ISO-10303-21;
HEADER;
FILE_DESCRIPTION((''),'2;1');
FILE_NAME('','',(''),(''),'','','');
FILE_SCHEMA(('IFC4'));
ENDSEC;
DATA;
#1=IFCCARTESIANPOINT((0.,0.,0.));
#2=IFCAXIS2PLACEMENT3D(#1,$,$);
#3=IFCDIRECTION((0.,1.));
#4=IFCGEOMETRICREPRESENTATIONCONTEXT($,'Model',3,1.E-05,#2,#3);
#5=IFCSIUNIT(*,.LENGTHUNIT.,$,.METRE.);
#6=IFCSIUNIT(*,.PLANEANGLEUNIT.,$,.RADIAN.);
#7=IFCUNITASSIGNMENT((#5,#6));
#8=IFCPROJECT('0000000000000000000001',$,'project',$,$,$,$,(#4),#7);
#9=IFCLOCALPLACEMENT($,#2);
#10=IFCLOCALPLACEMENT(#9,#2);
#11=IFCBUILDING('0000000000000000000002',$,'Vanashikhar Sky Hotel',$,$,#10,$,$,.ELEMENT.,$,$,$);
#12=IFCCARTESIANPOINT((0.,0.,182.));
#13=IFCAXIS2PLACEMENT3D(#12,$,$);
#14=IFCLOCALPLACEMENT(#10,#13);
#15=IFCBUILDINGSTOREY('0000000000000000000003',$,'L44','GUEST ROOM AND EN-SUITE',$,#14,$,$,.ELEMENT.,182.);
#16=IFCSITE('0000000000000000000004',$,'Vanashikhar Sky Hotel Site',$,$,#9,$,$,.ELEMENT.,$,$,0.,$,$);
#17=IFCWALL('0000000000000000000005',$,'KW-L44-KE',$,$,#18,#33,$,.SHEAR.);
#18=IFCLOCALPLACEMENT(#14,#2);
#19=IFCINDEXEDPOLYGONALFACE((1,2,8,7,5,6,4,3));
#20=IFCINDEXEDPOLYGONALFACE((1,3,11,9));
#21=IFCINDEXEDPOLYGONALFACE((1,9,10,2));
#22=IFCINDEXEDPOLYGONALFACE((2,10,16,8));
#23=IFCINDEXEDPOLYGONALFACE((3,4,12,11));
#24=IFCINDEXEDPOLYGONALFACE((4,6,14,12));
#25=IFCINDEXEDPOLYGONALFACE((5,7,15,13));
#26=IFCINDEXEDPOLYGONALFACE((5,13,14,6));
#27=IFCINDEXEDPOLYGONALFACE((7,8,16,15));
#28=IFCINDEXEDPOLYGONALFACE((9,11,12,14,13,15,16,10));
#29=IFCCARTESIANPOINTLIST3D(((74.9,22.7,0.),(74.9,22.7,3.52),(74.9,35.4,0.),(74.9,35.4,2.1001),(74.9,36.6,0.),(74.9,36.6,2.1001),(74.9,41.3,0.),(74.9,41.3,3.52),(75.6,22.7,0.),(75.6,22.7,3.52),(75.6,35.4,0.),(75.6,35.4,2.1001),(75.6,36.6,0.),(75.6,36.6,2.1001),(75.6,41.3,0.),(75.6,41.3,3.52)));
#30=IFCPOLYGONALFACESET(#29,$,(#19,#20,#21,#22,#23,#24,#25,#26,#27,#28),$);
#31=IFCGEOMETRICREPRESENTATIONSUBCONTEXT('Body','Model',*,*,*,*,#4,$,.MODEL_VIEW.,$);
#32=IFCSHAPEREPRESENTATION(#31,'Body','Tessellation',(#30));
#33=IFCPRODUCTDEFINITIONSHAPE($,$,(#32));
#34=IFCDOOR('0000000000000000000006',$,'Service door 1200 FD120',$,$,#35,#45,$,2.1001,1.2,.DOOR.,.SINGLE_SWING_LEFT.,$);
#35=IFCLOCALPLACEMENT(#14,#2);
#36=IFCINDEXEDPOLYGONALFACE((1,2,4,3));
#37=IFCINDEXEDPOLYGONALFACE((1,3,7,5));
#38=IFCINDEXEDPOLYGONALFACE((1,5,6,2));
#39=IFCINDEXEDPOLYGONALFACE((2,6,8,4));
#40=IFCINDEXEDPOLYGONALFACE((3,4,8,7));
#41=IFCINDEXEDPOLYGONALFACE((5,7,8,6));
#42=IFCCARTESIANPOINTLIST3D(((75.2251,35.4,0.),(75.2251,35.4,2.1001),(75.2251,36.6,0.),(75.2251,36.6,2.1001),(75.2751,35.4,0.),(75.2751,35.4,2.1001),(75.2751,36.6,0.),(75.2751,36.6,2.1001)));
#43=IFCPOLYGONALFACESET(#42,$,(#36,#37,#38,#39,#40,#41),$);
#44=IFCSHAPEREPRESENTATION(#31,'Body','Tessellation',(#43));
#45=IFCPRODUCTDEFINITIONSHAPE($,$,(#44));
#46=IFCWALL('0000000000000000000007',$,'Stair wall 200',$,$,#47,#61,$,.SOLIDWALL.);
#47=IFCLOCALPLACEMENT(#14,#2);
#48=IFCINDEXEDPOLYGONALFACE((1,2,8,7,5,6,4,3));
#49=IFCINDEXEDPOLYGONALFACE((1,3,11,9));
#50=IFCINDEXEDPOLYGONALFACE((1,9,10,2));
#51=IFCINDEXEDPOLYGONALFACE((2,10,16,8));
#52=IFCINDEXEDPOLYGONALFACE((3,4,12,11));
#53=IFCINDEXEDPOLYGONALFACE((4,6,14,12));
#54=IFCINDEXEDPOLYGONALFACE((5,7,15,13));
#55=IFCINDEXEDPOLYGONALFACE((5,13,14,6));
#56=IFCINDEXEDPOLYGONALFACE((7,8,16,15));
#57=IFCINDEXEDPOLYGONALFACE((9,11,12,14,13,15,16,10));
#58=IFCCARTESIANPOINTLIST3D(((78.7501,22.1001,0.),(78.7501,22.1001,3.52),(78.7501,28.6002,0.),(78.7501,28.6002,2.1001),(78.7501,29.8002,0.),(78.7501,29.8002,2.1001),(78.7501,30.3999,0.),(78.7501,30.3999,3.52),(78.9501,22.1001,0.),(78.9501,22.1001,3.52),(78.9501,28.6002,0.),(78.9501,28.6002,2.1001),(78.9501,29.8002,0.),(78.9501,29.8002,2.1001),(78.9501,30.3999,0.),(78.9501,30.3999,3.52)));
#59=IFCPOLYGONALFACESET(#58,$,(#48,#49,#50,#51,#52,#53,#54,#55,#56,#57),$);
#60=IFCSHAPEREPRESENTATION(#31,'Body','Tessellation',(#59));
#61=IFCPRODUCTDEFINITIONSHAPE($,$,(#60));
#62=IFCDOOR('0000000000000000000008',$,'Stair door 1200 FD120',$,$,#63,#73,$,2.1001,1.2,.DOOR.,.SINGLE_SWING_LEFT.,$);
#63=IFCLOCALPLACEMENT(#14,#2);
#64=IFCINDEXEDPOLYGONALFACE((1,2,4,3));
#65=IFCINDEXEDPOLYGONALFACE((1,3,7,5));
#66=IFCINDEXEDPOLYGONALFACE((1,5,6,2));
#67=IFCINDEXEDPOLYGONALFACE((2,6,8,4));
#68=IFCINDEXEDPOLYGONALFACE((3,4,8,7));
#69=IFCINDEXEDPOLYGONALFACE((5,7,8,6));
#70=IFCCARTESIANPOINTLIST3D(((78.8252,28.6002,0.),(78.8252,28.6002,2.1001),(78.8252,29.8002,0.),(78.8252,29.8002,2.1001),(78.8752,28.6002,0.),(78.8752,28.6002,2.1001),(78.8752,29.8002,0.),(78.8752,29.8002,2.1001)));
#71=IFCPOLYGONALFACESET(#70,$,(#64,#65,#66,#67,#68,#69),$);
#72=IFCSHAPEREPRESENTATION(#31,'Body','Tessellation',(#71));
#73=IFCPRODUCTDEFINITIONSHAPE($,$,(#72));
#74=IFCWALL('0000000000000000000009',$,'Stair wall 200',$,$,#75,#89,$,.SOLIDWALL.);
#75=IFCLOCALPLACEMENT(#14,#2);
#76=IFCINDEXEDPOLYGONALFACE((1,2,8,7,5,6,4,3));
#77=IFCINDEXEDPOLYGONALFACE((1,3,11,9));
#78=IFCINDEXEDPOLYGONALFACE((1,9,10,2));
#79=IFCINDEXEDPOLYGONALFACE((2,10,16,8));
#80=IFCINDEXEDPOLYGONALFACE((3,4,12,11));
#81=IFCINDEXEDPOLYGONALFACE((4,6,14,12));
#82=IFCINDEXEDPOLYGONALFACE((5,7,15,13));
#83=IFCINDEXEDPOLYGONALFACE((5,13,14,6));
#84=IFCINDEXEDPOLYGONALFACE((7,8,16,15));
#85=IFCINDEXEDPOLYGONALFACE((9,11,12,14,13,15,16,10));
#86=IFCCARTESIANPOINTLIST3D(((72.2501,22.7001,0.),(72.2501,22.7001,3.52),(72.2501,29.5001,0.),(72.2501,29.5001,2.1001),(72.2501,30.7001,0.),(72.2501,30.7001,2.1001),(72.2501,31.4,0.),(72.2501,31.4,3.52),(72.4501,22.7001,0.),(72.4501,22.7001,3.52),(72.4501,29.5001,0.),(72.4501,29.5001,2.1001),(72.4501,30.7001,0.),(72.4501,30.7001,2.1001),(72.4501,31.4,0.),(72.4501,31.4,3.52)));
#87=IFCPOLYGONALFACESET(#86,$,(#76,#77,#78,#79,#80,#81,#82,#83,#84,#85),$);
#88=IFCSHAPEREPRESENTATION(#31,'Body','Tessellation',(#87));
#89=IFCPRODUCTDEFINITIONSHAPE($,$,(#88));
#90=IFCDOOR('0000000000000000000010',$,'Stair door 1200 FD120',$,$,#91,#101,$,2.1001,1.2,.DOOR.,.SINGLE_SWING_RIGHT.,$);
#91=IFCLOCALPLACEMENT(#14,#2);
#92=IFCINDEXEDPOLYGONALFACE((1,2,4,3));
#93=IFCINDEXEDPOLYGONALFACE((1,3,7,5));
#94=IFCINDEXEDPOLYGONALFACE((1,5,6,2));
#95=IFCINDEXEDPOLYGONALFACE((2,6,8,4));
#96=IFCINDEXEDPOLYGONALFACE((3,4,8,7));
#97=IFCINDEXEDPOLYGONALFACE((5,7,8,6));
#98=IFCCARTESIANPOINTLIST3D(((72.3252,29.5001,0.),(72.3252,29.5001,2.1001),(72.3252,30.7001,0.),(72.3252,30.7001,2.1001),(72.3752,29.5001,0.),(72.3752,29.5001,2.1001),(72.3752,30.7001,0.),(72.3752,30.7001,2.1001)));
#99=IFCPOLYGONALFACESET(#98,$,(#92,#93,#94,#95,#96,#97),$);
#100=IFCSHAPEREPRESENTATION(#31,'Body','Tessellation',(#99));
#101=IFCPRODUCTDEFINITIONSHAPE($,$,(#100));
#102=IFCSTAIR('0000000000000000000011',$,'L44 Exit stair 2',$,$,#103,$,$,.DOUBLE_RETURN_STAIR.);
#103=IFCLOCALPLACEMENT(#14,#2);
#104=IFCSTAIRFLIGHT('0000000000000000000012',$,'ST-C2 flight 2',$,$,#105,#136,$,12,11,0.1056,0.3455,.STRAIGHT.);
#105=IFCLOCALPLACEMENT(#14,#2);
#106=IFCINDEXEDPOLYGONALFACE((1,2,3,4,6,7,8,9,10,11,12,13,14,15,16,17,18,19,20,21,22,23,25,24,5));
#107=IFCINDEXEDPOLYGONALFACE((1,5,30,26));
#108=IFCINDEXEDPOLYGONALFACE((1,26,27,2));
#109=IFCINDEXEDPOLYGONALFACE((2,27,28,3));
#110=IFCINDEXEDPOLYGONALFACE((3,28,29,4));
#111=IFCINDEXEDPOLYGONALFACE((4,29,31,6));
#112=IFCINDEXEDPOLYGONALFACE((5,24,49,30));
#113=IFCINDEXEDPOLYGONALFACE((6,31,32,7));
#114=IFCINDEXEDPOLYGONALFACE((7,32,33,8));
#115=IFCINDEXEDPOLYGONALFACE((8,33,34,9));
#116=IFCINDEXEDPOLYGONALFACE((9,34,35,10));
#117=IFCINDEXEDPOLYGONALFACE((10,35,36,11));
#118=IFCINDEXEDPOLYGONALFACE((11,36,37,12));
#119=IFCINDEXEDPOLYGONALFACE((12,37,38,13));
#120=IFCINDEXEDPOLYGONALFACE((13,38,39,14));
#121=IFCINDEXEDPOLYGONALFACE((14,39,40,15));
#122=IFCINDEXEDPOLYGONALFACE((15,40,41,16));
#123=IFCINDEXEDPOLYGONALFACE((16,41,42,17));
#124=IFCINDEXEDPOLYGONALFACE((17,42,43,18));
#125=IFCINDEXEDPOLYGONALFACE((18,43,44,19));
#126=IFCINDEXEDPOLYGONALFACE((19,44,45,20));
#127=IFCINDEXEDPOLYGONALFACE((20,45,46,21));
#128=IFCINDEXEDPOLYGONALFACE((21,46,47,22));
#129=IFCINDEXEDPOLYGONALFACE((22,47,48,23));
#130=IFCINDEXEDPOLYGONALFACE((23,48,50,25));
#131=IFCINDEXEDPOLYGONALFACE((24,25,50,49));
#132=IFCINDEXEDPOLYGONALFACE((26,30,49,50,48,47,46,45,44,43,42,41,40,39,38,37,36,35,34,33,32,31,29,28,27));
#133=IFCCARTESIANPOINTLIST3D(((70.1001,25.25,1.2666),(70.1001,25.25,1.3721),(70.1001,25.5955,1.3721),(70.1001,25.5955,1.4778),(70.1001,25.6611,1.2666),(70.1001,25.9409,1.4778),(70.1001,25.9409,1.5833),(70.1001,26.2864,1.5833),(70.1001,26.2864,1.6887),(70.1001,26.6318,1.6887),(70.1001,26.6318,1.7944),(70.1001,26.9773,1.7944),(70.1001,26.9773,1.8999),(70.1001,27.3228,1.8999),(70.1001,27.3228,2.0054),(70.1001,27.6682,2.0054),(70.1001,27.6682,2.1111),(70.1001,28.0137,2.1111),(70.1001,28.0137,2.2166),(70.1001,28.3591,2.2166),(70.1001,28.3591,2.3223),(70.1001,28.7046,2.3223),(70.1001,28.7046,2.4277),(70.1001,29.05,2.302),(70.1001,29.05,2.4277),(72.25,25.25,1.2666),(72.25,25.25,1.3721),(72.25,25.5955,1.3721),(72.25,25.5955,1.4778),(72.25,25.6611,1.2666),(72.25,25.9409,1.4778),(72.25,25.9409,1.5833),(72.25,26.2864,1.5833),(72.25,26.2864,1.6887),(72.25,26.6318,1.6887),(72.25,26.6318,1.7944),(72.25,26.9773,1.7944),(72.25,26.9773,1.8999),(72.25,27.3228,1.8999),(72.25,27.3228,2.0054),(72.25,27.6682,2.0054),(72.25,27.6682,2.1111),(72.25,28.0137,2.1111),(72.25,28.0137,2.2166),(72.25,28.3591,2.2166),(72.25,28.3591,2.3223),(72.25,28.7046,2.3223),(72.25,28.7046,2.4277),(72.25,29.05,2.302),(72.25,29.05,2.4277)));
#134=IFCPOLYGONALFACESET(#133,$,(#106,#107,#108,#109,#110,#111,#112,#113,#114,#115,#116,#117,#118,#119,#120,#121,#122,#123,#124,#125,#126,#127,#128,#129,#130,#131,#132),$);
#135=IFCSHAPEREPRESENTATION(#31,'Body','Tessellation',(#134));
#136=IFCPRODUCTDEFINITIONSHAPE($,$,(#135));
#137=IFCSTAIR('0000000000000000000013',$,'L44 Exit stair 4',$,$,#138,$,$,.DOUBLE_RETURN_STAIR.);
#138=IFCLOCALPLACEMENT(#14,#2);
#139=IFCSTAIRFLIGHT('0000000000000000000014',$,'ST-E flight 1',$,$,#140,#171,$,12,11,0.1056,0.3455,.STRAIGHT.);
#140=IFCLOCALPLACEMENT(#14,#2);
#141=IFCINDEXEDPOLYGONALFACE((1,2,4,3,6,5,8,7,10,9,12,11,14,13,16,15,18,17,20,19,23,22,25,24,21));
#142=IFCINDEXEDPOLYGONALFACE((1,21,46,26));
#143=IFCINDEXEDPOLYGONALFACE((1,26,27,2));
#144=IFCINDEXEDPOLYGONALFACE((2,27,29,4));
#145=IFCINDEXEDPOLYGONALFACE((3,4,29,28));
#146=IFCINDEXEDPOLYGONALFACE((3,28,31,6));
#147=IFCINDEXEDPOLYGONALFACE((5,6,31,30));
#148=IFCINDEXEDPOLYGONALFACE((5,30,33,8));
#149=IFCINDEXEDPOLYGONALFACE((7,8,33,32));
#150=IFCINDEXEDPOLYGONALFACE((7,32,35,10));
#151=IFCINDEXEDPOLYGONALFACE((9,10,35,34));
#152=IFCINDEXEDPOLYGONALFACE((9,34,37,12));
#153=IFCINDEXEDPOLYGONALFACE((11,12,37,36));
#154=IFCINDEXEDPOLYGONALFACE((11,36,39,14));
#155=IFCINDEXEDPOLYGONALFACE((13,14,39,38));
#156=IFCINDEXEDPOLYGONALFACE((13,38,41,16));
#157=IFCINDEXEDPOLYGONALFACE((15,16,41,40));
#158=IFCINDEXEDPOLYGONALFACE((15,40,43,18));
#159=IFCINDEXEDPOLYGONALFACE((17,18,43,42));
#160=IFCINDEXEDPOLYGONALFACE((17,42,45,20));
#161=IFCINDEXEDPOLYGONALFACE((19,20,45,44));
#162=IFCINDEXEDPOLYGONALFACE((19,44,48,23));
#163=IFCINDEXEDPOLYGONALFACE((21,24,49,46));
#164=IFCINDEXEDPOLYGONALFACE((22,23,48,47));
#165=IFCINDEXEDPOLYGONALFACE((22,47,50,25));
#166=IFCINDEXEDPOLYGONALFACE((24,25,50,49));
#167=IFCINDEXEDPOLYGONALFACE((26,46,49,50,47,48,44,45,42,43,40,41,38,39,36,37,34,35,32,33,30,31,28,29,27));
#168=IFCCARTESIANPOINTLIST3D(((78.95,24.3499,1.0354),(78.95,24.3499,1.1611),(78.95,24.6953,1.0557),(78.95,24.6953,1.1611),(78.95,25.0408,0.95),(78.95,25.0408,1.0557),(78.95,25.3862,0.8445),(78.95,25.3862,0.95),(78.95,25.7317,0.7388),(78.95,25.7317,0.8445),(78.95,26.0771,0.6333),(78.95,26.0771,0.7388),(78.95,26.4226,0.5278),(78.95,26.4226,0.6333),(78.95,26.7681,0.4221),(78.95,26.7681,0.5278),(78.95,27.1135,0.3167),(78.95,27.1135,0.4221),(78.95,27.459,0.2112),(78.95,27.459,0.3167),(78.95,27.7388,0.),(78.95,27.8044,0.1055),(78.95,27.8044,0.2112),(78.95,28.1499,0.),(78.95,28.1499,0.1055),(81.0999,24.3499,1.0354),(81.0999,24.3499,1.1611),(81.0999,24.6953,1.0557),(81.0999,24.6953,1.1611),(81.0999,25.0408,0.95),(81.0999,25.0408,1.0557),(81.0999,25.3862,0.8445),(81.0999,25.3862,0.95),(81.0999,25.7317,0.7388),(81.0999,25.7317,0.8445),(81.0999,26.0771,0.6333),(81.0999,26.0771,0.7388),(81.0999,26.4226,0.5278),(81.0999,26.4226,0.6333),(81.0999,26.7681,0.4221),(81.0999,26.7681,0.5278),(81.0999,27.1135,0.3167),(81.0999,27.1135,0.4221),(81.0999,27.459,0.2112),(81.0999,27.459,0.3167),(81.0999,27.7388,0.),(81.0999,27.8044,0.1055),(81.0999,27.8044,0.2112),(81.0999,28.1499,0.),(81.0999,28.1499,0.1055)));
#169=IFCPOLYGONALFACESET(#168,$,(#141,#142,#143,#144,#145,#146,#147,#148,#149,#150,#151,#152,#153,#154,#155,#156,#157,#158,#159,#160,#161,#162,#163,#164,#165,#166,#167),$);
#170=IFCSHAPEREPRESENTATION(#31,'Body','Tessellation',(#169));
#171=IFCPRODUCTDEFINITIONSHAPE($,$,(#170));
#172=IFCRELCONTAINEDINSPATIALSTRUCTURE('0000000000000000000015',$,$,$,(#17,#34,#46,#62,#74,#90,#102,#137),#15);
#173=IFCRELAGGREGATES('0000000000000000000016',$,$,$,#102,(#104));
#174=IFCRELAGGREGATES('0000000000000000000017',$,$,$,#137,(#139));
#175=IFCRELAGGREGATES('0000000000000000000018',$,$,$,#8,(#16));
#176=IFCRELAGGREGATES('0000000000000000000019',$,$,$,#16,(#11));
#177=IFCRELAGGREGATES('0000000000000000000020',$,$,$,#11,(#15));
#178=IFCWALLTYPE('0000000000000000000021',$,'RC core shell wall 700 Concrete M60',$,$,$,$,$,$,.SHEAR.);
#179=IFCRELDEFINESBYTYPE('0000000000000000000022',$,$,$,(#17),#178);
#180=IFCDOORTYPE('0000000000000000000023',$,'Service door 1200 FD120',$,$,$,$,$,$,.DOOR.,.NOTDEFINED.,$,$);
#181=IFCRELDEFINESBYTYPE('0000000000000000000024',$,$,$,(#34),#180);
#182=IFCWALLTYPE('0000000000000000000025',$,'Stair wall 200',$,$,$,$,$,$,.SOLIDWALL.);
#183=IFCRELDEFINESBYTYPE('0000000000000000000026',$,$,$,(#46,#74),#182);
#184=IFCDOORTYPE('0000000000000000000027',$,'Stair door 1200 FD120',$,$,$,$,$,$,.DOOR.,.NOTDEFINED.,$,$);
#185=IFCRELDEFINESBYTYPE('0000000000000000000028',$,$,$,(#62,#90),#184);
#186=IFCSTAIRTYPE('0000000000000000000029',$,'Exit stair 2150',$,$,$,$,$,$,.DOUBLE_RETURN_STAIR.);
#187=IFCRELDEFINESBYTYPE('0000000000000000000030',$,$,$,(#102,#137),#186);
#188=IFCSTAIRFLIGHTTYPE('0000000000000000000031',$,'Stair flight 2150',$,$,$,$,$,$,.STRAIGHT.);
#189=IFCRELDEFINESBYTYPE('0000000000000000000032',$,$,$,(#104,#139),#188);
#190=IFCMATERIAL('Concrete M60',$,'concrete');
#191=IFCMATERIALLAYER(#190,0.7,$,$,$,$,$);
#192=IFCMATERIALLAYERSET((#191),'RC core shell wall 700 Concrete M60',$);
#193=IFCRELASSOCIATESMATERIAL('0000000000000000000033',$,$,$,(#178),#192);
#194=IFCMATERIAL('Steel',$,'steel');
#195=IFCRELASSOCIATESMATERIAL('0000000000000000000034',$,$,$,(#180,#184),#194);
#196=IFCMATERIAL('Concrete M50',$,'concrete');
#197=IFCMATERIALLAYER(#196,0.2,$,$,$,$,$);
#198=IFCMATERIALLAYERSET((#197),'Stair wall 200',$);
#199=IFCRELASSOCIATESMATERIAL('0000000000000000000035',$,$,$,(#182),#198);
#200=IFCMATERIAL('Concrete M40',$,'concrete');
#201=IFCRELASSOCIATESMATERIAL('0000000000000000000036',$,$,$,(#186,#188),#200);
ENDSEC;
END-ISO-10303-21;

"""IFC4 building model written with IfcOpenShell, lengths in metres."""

from ifc_helpers import new_model, si_unit, direction, frame, frame_2d, origin, place, context, subcontext, project, spatial, polyline, rectangle, outline, extrude, source, transform, mapped, material, layer, layer_set, type_object, element, fill, aggregate, save


model = new_model("IFC4")

# Units and contexts
model_context = context("Model", 3, precision=1e-05, world=origin(), true_north=direction((0.0, 1.0)))
body_context = subcontext(model_context, "Body", "Model", "MODEL_VIEW")
ifc_project = project(units=[si_unit("LENGTHUNIT", "METRE"), si_unit("PLANEANGLEUNIT", "RADIAN")], contexts=[model_context])

# Site, building, storey
site_placement = place(None, origin())
site = spatial("IfcSite", under=ifc_project, at=site_placement, Name="Vanashikhar Sky Hotel Site", CompositionType="ELEMENT", RefElevation=0.0)
building_placement = place(site_placement, origin())
building = spatial("IfcBuilding", under=site, at=building_placement, Name="Vanashikhar Sky Hotel", CompositionType="ELEMENT")
storey_placement = place(building_placement, frame((0.0, 0.0, 182.0)))
storey = spatial("IfcBuildingStorey", under=building, at=storey_placement, Name="L44", Description="GUEST ROOM AND EN-SUITE", CompositionType="ELEMENT", Elevation=182.0)

# Walls, openings, doors
ifc_material_1 = material(Name="Concrete M60", Category="concrete")
ifc_layer_1 = layer(ifc_material_1, 0.7)
ifc_layer_set_1 = layer_set([ifc_layer_1], Name="RC core shell wall 700 Concrete M60")
wall_type_1 = type_object("IfcWallType", Name="RC core shell wall 700 Concrete M60", PredefinedType="SHEAR", material=ifc_layer_set_1)
shared_shape_1 = source(origin(), body_context, "Body", "SweptSolid", [
    extrude(rectangle(XDim=18.6001, YDim=0.7, at=frame_2d((9.3, 0.0))), origin(), (0.0, 0.0, 1.0), 3.52),
])
wall_1_placement = place(storey_placement, frame((75.25, 22.7, 0.0), z_axis=(0.0, 0.0, 1.0), x_axis=(0.0, 1.0, 0.0)))
wall_1 = element("IfcWall", 1, at=wall_1_placement, inside=storey, type_object=wall_type_1, Name="KW-L44-KE", PredefinedType="SHEAR", context=body_context, shape_type="MappedRepresentation", body=[
    mapped(shared_shape_1, transform((0.0, 0.0, 0.0), scale=1.0)),
])
shared_shape_2 = source(origin(), body_context, "Body", "SweptSolid", [
    extrude(rectangle(XDim=1.2, YDim=2.1001, at=frame_2d((0.6001, 1.05))), frame((0.0, 0.3599, 0.0), z_axis=(0.0, -1.0, 0.0), x_axis=(1.0, 0.0, 0.0)), (0.0, 0.0, 1.0), 0.72),
])
opening_1_placement = place(wall_1_placement, frame((12.7, 0.0, 0.0)))
opening_1 = element("IfcOpeningElement", 2, at=opening_1_placement, cuts=wall_1, PredefinedType="OPENING", context=body_context, shape_type="MappedRepresentation", body=[
    mapped(shared_shape_2, transform((0.0, 0.0, 0.0), scale=1.0)),
])
ifc_material_2 = material(Name="Steel", Category="steel")
door_type_1 = type_object("IfcDoorType", Name="Service door 1200 FD120", OperationType="NOTDEFINED", PredefinedType="DOOR", material=ifc_material_2)
shared_shape_3 = source(origin(), body_context, "Body", "SweptSolid", [
    extrude(rectangle(XDim=1.2, YDim=2.1001, at=frame_2d((0.6001, 1.05))), frame((0.0, 0.0249, 0.0), z_axis=(0.0, -1.0, 0.0), x_axis=(1.0, 0.0, 0.0)), (0.0, 0.0, 1.0), 0.05),
])
door_1_placement = place(opening_1_placement, origin())
door_1 = element("IfcDoor", 3, at=door_1_placement, inside=storey, type_object=door_type_1, Name="Service door 1200 FD120", OperationType="SINGLE_SWING_LEFT", OverallHeight=2.1001, OverallWidth=1.2, PredefinedType="DOOR", context=body_context, shape_type="MappedRepresentation", body=[
    mapped(shared_shape_3, transform((0.0, 0.0, 0.0), scale=1.0)),
])
fill(opening_1, door_1)
ifc_material_3 = material(Name="Concrete M50", Category="concrete")
ifc_layer_2 = layer(ifc_material_3, 0.2)
ifc_layer_set_2 = layer_set([ifc_layer_2], Name="Stair wall 200")
wall_type_2 = type_object("IfcWallType", Name="Stair wall 200", PredefinedType="SOLIDWALL", material=ifc_layer_set_2)
shared_shape_4 = source(origin(), body_context, "Body", "SweptSolid", [
    extrude(rectangle(XDim=8.2998, YDim=0.2, at=frame_2d((4.1499, 0.0))), origin(), (0.0, 0.0, 1.0), 3.52),
])
wall_2_placement = place(storey_placement, frame((78.8501, 22.1001, 0.0), z_axis=(0.0, 0.0, 1.0), x_axis=(0.0, 1.0, 0.0)))
wall_2 = element("IfcWall", 4, at=wall_2_placement, inside=storey, type_object=wall_type_2, Name="Stair wall 200", PredefinedType="SOLIDWALL", context=body_context, shape_type="MappedRepresentation", body=[
    mapped(shared_shape_4, transform((0.0, 0.0, 0.0), scale=1.0)),
])
shared_shape_5 = source(origin(), body_context, "Body", "SweptSolid", [
    extrude(rectangle(XDim=1.2, YDim=2.1001, at=frame_2d((0.6001, 1.05))), frame((0.0, 0.1099, 0.0), z_axis=(0.0, -1.0, 0.0), x_axis=(1.0, 0.0, 0.0)), (0.0, 0.0, 1.0), 0.22),
])
opening_2_placement = place(wall_2_placement, frame((6.5, 0.0, 0.0)))
opening_2 = element("IfcOpeningElement", 5, at=opening_2_placement, cuts=wall_2, PredefinedType="OPENING", context=body_context, shape_type="MappedRepresentation", body=[
    mapped(shared_shape_5, transform((0.0, 0.0, 0.0), scale=1.0)),
])
door_type_2 = type_object("IfcDoorType", Name="Stair door 1200 FD120", OperationType="NOTDEFINED", PredefinedType="DOOR", material=ifc_material_2)
door_2_placement = place(opening_2_placement, origin())
door_2 = element("IfcDoor", 6, at=door_2_placement, inside=storey, type_object=door_type_2, Name="Stair door 1200 FD120", OperationType="SINGLE_SWING_LEFT", OverallHeight=2.1001, OverallWidth=1.2, PredefinedType="DOOR", context=body_context, shape_type="MappedRepresentation", body=[
    mapped(shared_shape_3, transform((0.0, 0.0, 0.0), scale=1.0)),
])
fill(opening_2, door_2)
shared_shape_6 = source(origin(), body_context, "Body", "SweptSolid", [
    extrude(rectangle(XDim=8.7, YDim=0.2, at=frame_2d((4.3501, 0.0))), origin(), (0.0, 0.0, 1.0), 3.52),
])
wall_3_placement = place(storey_placement, frame((72.3501, 22.7, 0.0), z_axis=(0.0, 0.0, 1.0), x_axis=(0.0, 1.0, 0.0)))
wall_3 = element("IfcWall", 7, at=wall_3_placement, inside=storey, type_object=wall_type_2, Name="Stair wall 200", PredefinedType="SOLIDWALL", context=body_context, shape_type="MappedRepresentation", body=[
    mapped(shared_shape_6, transform((0.0, 0.0, 0.0), scale=1.0)),
])
opening_3_placement = place(wall_3_placement, frame((6.8, 0.0, 0.0)))
opening_3 = element("IfcOpeningElement", 8, at=opening_3_placement, cuts=wall_3, PredefinedType="OPENING", context=body_context, shape_type="MappedRepresentation", body=[
    mapped(shared_shape_5, transform((0.0, 0.0, 0.0), scale=1.0)),
])
door_3_placement = place(opening_3_placement, origin())
door_3 = element("IfcDoor", 9, at=door_3_placement, inside=storey, type_object=door_type_2, Name="Stair door 1200 FD120", OperationType="SINGLE_SWING_RIGHT", OverallHeight=2.1001, OverallWidth=1.2, PredefinedType="DOOR", context=body_context, shape_type="MappedRepresentation", body=[
    mapped(shared_shape_3, transform((0.0, 0.0, 0.0), scale=1.0)),
])
fill(opening_3, door_3)

# Stair, stair flight
ifc_material_4 = material(Name="Concrete M40", Category="concrete")
stair_type = type_object("IfcStairType", Name="Exit stair 2150", PredefinedType="DOUBLE_RETURN_STAIR", material=ifc_material_4)
stair_1_placement = place(storey_placement, origin())
stair_1 = element("IfcStair", 10, at=stair_1_placement, inside=storey, type_object=stair_type, Name="L44 Exit stair 2", PredefinedType="DOUBLE_RETURN_STAIR")
stair_flight_type = type_object("IfcStairFlightType", Name="Stair flight 2150", PredefinedType="STRAIGHT", material=ifc_material_4)
shared_shape_7 = source(origin(), body_context, "Body", "SweptSolid", [
    extrude(outline(polyline([(0.0, 0.0), (0.0, 0.1055), (0.3455, 0.1055), (0.3455, 0.2112), (0.6909, 0.2112), (0.6909, 0.3167), (1.0364, 0.3167), (1.0364, 0.4221), (1.3818, 0.4221), (1.3818, 0.5278), (1.7273, 0.5278), (1.7273, 0.6333), (2.0728, 0.6333), (2.0728, 0.7388), (2.4182, 0.7388), (2.4182, 0.8445), (2.7637, 0.8445), (2.7637, 0.95), (3.1091, 0.95), (3.1091, 1.0557), (3.4546, 1.0557), (3.4546, 1.1611), (3.8, 1.1611), (3.8, 1.2666), (3.8, 1.0354), (0.4111, 0.0), (0.0, 0.0)])), frame((0.0, 1.075, 0.0), z_axis=(0.0, -1.0, 0.0), x_axis=(1.0, 0.0, 0.0)), (0.0, 0.0, 1.0), 2.1499),
])
stair_flight_1_placement = place(storey_placement, frame((71.175, 25.25, 1.2666), z_axis=(0.0, 0.0, 1.0), x_axis=(0.0, 1.0, 0.0)))
stair_flight_1 = element("IfcStairFlight", 11, at=stair_flight_1_placement, type_object=stair_flight_type, Name="ST-C2 flight 2", NumberOfRisers=12, NumberOfTreads=11, PredefinedType="STRAIGHT", RiserHeight=0.1056, TreadLength=0.3455, context=body_context, shape_type="MappedRepresentation", body=[
    mapped(shared_shape_7, transform((0.0, 0.0, 0.0), scale=1.0)),
])
aggregate(stair_1, [stair_flight_1])

# Stair, stair flight
stair_2_placement = place(storey_placement, origin())
stair_2 = element("IfcStair", 12, at=stair_2_placement, inside=storey, type_object=stair_type, Name="L44 Exit stair 4", PredefinedType="DOUBLE_RETURN_STAIR")
stair_flight_2_placement = place(storey_placement, frame((80.0249, 28.1499, 0.0), z_axis=(0.0, 0.0, 1.0), x_axis=(0.0, -1.0, 0.0)))
stair_flight_2 = element("IfcStairFlight", 13, at=stair_flight_2_placement, type_object=stair_flight_type, Name="ST-E flight 1", NumberOfRisers=12, NumberOfTreads=11, PredefinedType="STRAIGHT", RiserHeight=0.1056, TreadLength=0.3455, context=body_context, shape_type="MappedRepresentation", body=[
    mapped(shared_shape_7, transform((0.0, 0.0, 0.0), scale=1.0)),
])
aggregate(stair_2, [stair_flight_2])

save(model, "model.ifc")
